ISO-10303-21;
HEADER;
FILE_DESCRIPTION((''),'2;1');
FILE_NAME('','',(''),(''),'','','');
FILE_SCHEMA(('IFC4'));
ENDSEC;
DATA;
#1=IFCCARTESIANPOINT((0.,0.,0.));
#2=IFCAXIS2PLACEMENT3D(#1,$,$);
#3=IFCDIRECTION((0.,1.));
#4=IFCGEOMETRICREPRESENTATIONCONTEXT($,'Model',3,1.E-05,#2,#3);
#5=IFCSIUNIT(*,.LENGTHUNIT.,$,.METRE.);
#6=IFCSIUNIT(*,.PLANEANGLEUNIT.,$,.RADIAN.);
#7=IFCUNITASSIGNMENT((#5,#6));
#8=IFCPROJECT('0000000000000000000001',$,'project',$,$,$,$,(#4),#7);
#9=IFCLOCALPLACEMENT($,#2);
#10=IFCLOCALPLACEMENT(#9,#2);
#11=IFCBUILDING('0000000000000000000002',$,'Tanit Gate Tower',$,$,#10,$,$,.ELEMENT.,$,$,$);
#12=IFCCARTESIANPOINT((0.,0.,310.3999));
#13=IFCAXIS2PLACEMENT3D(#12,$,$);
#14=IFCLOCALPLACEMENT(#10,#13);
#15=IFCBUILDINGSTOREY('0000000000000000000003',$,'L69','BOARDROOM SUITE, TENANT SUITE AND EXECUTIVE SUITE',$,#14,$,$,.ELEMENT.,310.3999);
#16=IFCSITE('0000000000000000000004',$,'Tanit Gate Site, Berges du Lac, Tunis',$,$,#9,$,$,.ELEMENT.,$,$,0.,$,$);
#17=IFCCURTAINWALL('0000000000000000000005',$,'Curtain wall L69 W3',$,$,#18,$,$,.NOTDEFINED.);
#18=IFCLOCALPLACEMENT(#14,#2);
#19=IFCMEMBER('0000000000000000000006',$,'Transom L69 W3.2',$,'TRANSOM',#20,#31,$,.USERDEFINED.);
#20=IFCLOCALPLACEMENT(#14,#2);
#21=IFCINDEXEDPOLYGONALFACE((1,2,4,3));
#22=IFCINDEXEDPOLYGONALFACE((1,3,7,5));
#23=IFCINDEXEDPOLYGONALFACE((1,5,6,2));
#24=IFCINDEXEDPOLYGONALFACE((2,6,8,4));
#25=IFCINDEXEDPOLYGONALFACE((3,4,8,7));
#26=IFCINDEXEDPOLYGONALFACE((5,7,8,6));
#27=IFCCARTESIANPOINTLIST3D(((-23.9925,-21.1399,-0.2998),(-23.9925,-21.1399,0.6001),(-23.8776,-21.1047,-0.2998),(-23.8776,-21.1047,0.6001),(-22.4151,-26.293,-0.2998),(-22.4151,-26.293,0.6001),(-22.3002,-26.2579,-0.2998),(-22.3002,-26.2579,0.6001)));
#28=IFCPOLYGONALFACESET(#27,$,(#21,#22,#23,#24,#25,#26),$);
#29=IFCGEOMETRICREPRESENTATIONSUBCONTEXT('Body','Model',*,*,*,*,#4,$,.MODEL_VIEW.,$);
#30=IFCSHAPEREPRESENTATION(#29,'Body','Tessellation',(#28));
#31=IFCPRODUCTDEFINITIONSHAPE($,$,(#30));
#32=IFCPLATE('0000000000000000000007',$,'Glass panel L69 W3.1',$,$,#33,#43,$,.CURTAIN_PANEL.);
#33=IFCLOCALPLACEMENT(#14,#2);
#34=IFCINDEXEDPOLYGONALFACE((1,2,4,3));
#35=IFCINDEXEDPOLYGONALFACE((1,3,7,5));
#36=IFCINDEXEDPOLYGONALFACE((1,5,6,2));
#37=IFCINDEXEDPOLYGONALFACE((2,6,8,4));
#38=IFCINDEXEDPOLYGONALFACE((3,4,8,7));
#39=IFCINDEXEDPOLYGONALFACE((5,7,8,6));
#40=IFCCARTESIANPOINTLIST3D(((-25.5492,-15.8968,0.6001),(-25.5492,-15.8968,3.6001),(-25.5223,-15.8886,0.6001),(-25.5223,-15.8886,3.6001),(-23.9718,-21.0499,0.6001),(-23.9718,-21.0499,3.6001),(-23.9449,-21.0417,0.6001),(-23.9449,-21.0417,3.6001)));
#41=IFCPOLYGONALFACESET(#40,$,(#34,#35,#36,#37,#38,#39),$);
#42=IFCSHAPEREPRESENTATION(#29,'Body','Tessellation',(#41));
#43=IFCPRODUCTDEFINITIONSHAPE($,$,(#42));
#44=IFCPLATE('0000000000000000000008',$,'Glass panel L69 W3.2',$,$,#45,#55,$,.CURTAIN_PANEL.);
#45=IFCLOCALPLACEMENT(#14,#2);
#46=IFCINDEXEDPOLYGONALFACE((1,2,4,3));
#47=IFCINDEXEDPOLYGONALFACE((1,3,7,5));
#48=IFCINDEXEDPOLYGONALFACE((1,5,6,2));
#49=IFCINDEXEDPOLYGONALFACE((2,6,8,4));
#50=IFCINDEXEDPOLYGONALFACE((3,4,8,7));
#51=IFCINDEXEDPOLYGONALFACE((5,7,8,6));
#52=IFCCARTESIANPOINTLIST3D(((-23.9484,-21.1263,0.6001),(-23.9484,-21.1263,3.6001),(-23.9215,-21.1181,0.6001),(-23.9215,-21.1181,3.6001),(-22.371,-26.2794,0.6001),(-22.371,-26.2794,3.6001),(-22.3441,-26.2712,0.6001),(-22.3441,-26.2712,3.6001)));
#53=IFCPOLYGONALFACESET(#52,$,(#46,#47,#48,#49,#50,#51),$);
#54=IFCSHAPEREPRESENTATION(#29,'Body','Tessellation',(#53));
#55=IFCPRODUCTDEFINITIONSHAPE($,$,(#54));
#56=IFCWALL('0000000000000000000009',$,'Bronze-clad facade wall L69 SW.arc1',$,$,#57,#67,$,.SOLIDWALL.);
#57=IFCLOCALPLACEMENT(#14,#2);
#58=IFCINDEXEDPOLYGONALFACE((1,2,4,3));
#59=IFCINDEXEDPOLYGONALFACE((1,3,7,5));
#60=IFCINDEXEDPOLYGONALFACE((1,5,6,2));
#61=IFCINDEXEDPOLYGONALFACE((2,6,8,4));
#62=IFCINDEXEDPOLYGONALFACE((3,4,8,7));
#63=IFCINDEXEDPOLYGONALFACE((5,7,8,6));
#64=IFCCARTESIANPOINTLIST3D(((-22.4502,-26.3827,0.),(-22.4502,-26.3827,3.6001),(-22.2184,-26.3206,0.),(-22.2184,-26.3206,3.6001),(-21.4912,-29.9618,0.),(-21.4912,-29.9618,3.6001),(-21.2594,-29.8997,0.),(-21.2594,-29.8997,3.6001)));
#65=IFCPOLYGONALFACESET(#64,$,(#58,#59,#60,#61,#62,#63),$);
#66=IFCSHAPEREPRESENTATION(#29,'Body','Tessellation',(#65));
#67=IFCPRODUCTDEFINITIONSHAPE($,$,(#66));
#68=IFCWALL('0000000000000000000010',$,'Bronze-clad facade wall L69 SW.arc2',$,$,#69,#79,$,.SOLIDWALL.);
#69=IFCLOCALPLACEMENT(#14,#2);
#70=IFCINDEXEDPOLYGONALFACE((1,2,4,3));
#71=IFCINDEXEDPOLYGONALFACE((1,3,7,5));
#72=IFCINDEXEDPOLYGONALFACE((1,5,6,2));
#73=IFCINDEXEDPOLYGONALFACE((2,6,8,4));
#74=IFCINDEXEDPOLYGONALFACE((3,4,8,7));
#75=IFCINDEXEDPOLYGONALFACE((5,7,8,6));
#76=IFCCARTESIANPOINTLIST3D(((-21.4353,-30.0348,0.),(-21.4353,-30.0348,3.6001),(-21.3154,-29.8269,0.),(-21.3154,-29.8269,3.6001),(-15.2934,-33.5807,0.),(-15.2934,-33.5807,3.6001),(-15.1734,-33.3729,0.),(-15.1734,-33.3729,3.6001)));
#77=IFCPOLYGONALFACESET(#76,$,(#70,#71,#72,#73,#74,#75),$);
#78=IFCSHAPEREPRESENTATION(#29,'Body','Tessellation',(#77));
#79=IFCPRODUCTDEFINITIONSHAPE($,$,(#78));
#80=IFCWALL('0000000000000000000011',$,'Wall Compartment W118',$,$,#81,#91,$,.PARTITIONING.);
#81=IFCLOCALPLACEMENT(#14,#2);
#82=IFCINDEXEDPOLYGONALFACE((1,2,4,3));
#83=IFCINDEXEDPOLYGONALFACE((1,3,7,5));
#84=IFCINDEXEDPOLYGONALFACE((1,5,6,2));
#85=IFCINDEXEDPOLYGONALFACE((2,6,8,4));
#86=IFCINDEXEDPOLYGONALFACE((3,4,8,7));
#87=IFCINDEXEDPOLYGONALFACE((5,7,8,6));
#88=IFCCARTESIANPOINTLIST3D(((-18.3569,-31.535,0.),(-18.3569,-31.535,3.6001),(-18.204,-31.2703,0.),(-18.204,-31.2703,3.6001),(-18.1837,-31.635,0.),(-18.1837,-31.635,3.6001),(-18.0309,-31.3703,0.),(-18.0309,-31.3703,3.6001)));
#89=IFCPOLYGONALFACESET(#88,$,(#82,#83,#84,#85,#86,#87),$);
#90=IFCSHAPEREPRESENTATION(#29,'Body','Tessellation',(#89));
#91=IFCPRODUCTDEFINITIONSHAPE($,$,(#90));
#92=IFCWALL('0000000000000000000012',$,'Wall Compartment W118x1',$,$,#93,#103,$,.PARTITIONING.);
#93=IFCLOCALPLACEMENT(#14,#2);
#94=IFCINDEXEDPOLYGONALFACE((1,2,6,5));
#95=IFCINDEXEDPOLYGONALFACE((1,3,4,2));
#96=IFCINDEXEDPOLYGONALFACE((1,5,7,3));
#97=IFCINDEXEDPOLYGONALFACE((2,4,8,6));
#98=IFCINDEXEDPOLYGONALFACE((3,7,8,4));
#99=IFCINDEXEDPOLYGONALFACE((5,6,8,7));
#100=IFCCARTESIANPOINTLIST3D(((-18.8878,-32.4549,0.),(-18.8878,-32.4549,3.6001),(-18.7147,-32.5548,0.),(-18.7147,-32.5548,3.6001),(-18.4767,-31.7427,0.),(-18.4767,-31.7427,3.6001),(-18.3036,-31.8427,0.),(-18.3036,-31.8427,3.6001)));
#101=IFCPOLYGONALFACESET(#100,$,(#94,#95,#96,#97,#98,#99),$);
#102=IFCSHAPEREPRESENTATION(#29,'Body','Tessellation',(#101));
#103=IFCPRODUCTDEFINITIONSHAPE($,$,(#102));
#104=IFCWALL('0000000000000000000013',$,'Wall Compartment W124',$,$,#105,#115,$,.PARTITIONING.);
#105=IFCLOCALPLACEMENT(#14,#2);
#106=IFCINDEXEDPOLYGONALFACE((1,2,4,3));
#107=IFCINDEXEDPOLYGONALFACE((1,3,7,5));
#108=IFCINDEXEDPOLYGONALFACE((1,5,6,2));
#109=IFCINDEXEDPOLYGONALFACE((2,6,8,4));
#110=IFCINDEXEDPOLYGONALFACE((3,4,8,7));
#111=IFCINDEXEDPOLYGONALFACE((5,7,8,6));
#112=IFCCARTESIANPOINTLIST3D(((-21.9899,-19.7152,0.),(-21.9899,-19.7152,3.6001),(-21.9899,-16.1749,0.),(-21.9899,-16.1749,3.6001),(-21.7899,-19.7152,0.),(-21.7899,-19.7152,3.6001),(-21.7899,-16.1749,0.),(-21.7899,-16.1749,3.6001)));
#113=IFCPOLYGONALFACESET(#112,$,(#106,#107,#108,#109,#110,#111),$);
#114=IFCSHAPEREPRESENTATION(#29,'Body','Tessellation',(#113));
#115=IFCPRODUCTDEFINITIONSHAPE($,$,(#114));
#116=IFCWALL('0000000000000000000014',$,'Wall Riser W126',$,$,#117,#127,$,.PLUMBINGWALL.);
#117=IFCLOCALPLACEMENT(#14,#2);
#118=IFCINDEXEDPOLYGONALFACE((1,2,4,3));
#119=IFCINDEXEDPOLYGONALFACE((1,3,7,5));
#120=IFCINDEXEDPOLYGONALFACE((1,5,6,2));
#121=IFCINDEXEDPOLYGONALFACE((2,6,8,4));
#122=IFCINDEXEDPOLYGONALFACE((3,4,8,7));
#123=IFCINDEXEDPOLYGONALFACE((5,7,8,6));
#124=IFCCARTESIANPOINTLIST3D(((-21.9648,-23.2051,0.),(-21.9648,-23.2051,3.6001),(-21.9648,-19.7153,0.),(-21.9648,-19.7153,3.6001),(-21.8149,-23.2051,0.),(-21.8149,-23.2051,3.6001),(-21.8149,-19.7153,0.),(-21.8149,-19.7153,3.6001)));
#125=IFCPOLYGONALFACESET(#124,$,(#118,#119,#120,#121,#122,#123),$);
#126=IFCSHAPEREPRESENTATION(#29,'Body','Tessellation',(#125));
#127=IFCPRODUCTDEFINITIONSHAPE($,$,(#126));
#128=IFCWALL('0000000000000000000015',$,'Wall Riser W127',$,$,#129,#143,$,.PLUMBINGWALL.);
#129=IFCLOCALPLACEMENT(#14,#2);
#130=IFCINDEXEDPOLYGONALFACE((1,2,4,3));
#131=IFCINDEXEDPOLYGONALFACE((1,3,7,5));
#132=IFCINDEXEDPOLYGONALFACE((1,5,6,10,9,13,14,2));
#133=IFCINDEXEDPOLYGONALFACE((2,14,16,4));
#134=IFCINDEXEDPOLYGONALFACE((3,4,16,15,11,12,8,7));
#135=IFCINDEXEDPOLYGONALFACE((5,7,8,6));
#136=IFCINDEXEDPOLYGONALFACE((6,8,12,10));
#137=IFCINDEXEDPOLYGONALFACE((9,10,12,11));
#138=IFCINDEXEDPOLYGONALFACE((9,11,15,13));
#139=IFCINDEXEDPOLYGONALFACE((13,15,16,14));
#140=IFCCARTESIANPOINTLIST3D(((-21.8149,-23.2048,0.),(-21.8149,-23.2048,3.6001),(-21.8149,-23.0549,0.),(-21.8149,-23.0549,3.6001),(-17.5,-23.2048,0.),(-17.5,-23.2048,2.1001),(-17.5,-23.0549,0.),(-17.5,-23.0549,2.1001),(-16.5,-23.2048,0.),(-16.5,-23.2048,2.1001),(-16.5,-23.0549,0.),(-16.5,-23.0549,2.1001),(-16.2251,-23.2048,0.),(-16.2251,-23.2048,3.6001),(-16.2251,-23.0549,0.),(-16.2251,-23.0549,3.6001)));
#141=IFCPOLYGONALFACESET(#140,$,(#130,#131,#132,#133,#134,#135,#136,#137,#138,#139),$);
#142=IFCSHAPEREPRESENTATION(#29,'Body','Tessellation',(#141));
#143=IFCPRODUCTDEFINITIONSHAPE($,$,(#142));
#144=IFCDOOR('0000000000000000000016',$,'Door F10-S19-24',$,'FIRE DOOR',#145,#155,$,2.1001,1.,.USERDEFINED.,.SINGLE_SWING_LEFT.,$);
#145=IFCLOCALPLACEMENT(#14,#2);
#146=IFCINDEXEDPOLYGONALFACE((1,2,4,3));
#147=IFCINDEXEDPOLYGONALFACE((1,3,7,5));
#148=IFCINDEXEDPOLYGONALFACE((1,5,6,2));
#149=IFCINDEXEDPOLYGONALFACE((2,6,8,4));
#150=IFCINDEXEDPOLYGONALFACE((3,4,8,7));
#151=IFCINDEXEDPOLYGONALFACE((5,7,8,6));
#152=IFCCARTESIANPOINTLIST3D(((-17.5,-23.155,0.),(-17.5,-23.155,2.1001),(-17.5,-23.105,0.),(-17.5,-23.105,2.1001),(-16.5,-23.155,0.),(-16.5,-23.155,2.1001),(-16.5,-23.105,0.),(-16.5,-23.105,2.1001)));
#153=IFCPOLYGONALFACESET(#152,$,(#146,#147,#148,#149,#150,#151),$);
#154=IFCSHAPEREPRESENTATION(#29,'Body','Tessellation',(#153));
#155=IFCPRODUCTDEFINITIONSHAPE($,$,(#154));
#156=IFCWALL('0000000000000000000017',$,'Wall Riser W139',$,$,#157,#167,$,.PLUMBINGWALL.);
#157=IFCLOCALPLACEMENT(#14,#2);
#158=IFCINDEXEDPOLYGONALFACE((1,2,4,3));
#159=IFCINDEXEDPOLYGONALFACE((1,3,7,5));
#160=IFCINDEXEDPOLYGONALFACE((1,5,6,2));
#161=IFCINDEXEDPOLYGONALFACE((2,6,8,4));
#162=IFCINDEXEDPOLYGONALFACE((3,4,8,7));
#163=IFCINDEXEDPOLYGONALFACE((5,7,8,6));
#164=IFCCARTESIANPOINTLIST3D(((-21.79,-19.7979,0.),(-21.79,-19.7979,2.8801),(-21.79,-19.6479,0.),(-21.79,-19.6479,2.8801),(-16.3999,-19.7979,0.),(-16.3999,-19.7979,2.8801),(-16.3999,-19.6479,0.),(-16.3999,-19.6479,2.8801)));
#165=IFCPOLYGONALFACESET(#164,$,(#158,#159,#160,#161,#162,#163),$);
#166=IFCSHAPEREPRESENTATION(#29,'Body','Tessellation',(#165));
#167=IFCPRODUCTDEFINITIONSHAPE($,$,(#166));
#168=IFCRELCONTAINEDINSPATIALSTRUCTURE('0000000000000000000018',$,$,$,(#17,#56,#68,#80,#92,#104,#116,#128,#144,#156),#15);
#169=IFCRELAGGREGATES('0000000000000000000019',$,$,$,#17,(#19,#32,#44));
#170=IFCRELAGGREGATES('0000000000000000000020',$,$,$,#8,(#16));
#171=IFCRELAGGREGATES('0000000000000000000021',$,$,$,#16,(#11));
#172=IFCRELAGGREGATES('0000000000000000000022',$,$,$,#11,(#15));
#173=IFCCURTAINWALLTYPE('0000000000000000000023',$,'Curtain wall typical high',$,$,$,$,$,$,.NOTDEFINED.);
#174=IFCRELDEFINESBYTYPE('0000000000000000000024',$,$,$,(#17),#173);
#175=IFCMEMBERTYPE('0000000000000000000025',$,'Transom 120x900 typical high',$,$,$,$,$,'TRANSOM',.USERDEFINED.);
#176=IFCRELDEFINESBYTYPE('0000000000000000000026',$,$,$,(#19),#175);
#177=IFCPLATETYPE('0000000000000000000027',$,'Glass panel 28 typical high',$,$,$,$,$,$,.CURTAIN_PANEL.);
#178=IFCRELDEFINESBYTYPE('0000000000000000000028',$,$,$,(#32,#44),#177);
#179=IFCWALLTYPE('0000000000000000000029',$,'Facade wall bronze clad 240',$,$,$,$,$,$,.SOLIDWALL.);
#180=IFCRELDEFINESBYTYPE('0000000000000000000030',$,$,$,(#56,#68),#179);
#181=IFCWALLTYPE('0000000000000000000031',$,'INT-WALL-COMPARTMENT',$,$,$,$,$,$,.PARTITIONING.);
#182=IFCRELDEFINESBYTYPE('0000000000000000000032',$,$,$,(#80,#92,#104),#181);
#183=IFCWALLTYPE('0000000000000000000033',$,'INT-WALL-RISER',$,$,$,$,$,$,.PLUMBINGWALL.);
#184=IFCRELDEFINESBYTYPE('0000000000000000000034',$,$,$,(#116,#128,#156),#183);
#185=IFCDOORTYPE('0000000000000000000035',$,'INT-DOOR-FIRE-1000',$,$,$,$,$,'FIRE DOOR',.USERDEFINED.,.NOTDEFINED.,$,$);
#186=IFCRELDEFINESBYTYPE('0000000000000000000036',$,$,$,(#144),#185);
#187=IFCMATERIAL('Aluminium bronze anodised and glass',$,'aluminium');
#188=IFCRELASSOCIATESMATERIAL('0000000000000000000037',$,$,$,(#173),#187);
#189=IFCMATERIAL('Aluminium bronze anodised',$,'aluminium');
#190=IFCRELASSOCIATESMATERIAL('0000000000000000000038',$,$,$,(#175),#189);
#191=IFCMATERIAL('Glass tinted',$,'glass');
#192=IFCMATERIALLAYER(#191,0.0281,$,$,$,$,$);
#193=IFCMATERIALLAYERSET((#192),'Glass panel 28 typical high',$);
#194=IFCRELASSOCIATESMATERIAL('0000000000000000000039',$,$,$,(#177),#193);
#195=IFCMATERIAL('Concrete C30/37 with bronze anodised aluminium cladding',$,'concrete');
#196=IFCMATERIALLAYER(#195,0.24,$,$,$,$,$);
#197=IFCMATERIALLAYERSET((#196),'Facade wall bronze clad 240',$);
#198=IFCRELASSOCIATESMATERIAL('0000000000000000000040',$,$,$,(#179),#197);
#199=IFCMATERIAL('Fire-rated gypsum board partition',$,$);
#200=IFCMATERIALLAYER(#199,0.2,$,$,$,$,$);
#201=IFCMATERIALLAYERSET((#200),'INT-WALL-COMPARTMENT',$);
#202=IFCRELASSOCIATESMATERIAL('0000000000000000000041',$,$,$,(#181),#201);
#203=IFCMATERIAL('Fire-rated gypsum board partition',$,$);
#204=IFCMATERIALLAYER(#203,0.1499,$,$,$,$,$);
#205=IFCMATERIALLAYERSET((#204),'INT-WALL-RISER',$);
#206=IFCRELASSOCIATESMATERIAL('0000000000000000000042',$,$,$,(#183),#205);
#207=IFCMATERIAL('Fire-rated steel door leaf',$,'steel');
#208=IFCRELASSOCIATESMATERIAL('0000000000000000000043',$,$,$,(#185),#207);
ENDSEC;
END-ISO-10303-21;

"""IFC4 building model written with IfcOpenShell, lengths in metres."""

from ifc_helpers import new_model, si_unit, direction, frame, frame_2d, origin, origin_2d, place, context, subcontext, project, spatial, rectangle, extrude, material, layer, layer_set, material_profile, profile_set, type_object, element, fill, aggregate, save


model = new_model("IFC4")

# Units and contexts
model_context = context("Model", 3, precision=1e-05, world=origin(), true_north=direction((0.0, 1.0)))
body_context = subcontext(model_context, "Body", "Model", "MODEL_VIEW")
ifc_project = project(units=[si_unit("LENGTHUNIT", "METRE"), si_unit("PLANEANGLEUNIT", "RADIAN")], contexts=[model_context])

# Site, building, storey
site_placement = place(None, origin())
site = spatial("IfcSite", under=ifc_project, at=site_placement, Name="Tanit Gate Site, Berges du Lac, Tunis", CompositionType="ELEMENT", RefElevation=0.0)
building_placement = place(site_placement, origin())
building = spatial("IfcBuilding", under=site, at=building_placement, Name="Tanit Gate Tower", CompositionType="ELEMENT")
storey_placement = place(building_placement, frame((0.0, 0.0, 310.3999)))
storey = spatial("IfcBuildingStorey", under=building, at=storey_placement, Name="L69", Description="BOARDROOM SUITE, TENANT SUITE AND EXECUTIVE SUITE", CompositionType="ELEMENT", Elevation=310.3999)

# Curtain wall
ifc_material_1 = material(Name="Aluminium bronze anodised and glass", Category="aluminium")
curtain_wall_type = type_object("IfcCurtainWallType", Name="Curtain wall typical high", PredefinedType="NOTDEFINED", material=ifc_material_1)
curtain_wall_placement = place(storey_placement, origin())
curtain_wall = element("IfcCurtainWall", 1, at=curtain_wall_placement, inside=storey, type_object=curtain_wall_type, Name="Curtain wall L69 W3", PredefinedType="NOTDEFINED")

# Member
ifc_material_2 = material(Name="Aluminium bronze anodised", Category="aluminium")
ifc_material_profile_1 = material_profile(ifc_material_2, rectangle(XDim=0.1201, YDim=0.8999, at=origin_2d()), Name="120x900 bronze transom")
ifc_profile_set_1 = profile_set([ifc_material_profile_1], Name="Aluminium bronze anodised")
member_type_1 = type_object("IfcMemberType", Name="Transom 120x900 typical high", ElementType="TRANSOM", PredefinedType="USERDEFINED", material=ifc_profile_set_1)
member_1_placement = place(storey_placement, frame((-23.9351, -21.1223, 0.1501), z_axis=(0.292701, -0.956204, 0.0), x_axis=(0.956204, 0.292701, 0.0)))
member_1 = element("IfcMember", 2, at=member_1_placement, type_object=member_type_1, Name="Transom L69 W3.2", ObjectType="TRANSOM", PredefinedType="USERDEFINED", context=body_context, shape_type="SweptSolid", body=[
    extrude(rectangle(XDim=0.1201, YDim=0.8999, at=origin_2d()), origin(), (0.0, 0.0, 1.0), 5.3892),
])

# Plates
ifc_material_3 = material(Name="Glass tinted", Category="glass")
ifc_layer_1 = layer(ifc_material_3, 0.0281)
ifc_layer_set_1 = layer_set([ifc_layer_1], Name="Glass panel 28 typical high")
plate_type = type_object("IfcPlateType", Name="Glass panel 28 typical high", PredefinedType="CURTAIN_PANEL", material=ifc_layer_set_1)
plate_1_placement = place(storey_placement, frame((-24.7471, -18.4692, 0.6001), z_axis=(0.0, 0.0, 1.0), x_axis=(0.292699, -0.956205, 0.0)))
plate_1 = element("IfcPlate", 3, at=plate_1_placement, type_object=plate_type, Name="Glass panel L69 W3.1", PredefinedType="CURTAIN_PANEL", context=body_context, shape_type="SweptSolid", body=[
    extrude(rectangle(XDim=5.3892, YDim=0.0281, at=origin_2d()), origin(), (0.0, 0.0, 1.0), 3.0),
])
plate_2_placement = place(storey_placement, frame((-23.1462, -23.6987, 0.6001), z_axis=(0.0, 0.0, 1.0), x_axis=(0.292699, -0.956205, 0.0)))
plate_2 = element("IfcPlate", 4, at=plate_2_placement, type_object=plate_type, Name="Glass panel L69 W3.2", PredefinedType="CURTAIN_PANEL", context=body_context, shape_type="SweptSolid", body=[
    extrude(rectangle(XDim=5.3892, YDim=0.0281, at=origin_2d()), origin(), (0.0, 0.0, 1.0), 3.0),
])
aggregate(curtain_wall, [member_1, plate_1, plate_2])

# Walls
ifc_material_4 = material(Name="Concrete C30/37 with bronze anodised aluminium cladding", Category="concrete")
ifc_layer_2 = layer(ifc_material_4, 0.24)
ifc_layer_set_2 = layer_set([ifc_layer_2], Name="Facade wall bronze clad 240")
wall_type_1 = type_object("IfcWallType", Name="Facade wall bronze clad 240", PredefinedType="SOLIDWALL", material=ifc_layer_set_2)
wall_1_placement = place(storey_placement, frame((-22.3342, -26.3518, 0.0), z_axis=(0.0, 0.0, 1.0), x_axis=(0.258811, -0.965928, 0.0)))
element("IfcWall", 5, at=wall_1_placement, inside=storey, type_object=wall_type_1, Name="Bronze-clad facade wall L69 SW.arc1", PredefinedType="SOLIDWALL", context=body_context, shape_type="SweptSolid", body=[
    extrude(rectangle(XDim=3.7053, YDim=0.24, at=frame_2d((1.8525, 0.0))), origin(), (0.0, 0.0, 1.0), 3.6001),
])
wall_2_placement = place(storey_placement, frame((-21.3752, -29.9309, 0.0), z_axis=(0.0, 0.0, 1.0), x_axis=(0.866031, -0.49999, 0.0)))
element("IfcWall", 6, at=wall_2_placement, inside=storey, type_object=wall_type_1, Name="Bronze-clad facade wall L69 SW.arc2", PredefinedType="SOLIDWALL", context=body_context, shape_type="SweptSolid", body=[
    extrude(rectangle(XDim=7.092, YDim=0.24, at=frame_2d((3.5459, 0.0))), origin(), (0.0, 0.0, 1.0), 3.6001),
])
ifc_material_5 = material(Name="Fire-rated gypsum board partition")
ifc_layer_3 = layer(ifc_material_5, 0.2)
ifc_layer_set_3 = layer_set([ifc_layer_3], Name="INT-WALL-COMPARTMENT")
wall_type_2 = type_object("IfcWallType", Name="INT-WALL-COMPARTMENT", PredefinedType="PARTITIONING", material=ifc_layer_set_3)
wall_3_placement = place(storey_placement, frame((-18.1174, -31.3203, 0.0), z_axis=(0.0, 0.0, 1.0), x_axis=(-0.500091, -0.865973, 0.0)))
element("IfcWall", 7, at=wall_3_placement, inside=storey, type_object=wall_type_2, Name="Wall Compartment W118", PredefinedType="PARTITIONING", context=body_context, shape_type="SweptSolid", body=[
    extrude(rectangle(XDim=0.3057, YDim=0.2, at=frame_2d((0.1528, 0.0))), origin(), (0.0, 0.0, 1.0), 3.6001),
])
wall_4_placement = place(storey_placement, frame((-18.3901, -31.7927, 0.0), z_axis=(0.0, 0.0, 1.0), x_axis=(-0.499971, -0.866042, 0.0)))
element("IfcWall", 8, at=wall_4_placement, inside=storey, type_object=wall_type_2, Name="Wall Compartment W118x1", PredefinedType="PARTITIONING", context=body_context, shape_type="SweptSolid", body=[
    extrude(rectangle(XDim=0.8223, YDim=0.2, at=frame_2d((0.4111, 0.0))), origin(), (0.0, 0.0, 1.0), 3.6001),
])
wall_5_placement = place(storey_placement, frame((-21.8899, -16.175, 0.0), z_axis=(0.0, 0.0, 1.0), x_axis=(0.0, -1.0, 0.0)))
element("IfcWall", 9, at=wall_5_placement, inside=storey, type_object=wall_type_2, Name="Wall Compartment W124", PredefinedType="PARTITIONING", context=body_context, shape_type="SweptSolid", body=[
    extrude(rectangle(XDim=3.5403, YDim=0.2, at=frame_2d((1.77, 0.0))), origin(), (0.0, 0.0, 1.0), 3.6001),
])
ifc_material_6 = material(Name="Fire-rated gypsum board partition")
ifc_layer_4 = layer(ifc_material_6, 0.1499)
ifc_layer_set_4 = layer_set([ifc_layer_4], Name="INT-WALL-RISER")
wall_type_3 = type_object("IfcWallType", Name="INT-WALL-RISER", PredefinedType="PLUMBINGWALL", material=ifc_layer_set_4)
wall_6_placement = place(storey_placement, frame((-21.8899, -19.7153, 0.0), z_axis=(0.0, 0.0, 1.0), x_axis=(0.0, -1.0, 0.0)))
element("IfcWall", 10, at=wall_6_placement, inside=storey, type_object=wall_type_3, Name="Wall Riser W126", PredefinedType="PLUMBINGWALL", context=body_context, shape_type="SweptSolid", body=[
    extrude(rectangle(XDim=3.4897, YDim=0.1499, at=frame_2d((1.7449, 0.0))), origin(), (0.0, 0.0, 1.0), 3.6001),
])

# Wall, opening, door
wall_7_placement = place(storey_placement, frame((-21.8149, -23.1299, 0.0), z_axis=(0.0, 0.0, 1.0), x_axis=(1.0, 0.0, 0.0)))
wall_7 = element("IfcWall", 11, at=wall_7_placement, inside=storey, type_object=wall_type_3, Name="Wall Riser W127", PredefinedType="PLUMBINGWALL", context=body_context, shape_type="SweptSolid", body=[
    extrude(rectangle(XDim=5.5898, YDim=0.1499, at=frame_2d((2.7949, 0.0))), origin(), (0.0, 0.0, 1.0), 3.6001),
])
opening_placement = place(wall_7_placement, frame((4.3149, 0.0, 0.0)))
opening = element("IfcOpeningElement", 12, at=opening_placement, cuts=wall_7, PredefinedType="OPENING", context=body_context, shape_type="SweptSolid", body=[
    extrude(rectangle(XDim=1.0, YDim=2.1001, at=frame_2d((0.5, 1.05))), frame((0.0, 0.085, 0.0), z_axis=(0.0, -1.0, 0.0), x_axis=(1.0, 0.0, 0.0)), (0.0, 0.0, 1.0), 0.1699),
])
ifc_material_7 = material(Name="Fire-rated steel door leaf", Category="steel")
door_type = type_object("IfcDoorType", Name="INT-DOOR-FIRE-1000", ElementType="FIRE DOOR", OperationType="NOTDEFINED", PredefinedType="USERDEFINED", material=ifc_material_7)
door_placement = place(opening_placement, origin())
door = element("IfcDoor", 13, at=door_placement, inside=storey, type_object=door_type, Name="Door F10-S19-24", ObjectType="FIRE DOOR", OperationType="SINGLE_SWING_LEFT", OverallHeight=2.1001, OverallWidth=1.0, PredefinedType="USERDEFINED", context=body_context, shape_type="SweptSolid", body=[
    extrude(rectangle(XDim=1.0, YDim=2.1001, at=frame_2d((0.5, 1.05))), frame((0.0, 0.0249, 0.0), z_axis=(0.0, -1.0, 0.0), x_axis=(1.0, 0.0, 0.0)), (0.0, 0.0, 1.0), 0.05),
])
fill(opening, door)

# Wall
wall_8_placement = place(storey_placement, frame((-21.79, -19.7229, 0.0), z_axis=(0.0, 0.0, 1.0), x_axis=(1.0, 0.0, 0.0)))
element("IfcWall", 14, at=wall_8_placement, inside=storey, type_object=wall_type_3, Name="Wall Riser W139", PredefinedType="PLUMBINGWALL", context=body_context, shape_type="SweptSolid", body=[
    extrude(rectangle(XDim=5.3901, YDim=0.1499, at=frame_2d((2.6951, 0.0))), origin(), (0.0, 0.0, 1.0), 2.8801),
])

save(model, "model.ifc")
